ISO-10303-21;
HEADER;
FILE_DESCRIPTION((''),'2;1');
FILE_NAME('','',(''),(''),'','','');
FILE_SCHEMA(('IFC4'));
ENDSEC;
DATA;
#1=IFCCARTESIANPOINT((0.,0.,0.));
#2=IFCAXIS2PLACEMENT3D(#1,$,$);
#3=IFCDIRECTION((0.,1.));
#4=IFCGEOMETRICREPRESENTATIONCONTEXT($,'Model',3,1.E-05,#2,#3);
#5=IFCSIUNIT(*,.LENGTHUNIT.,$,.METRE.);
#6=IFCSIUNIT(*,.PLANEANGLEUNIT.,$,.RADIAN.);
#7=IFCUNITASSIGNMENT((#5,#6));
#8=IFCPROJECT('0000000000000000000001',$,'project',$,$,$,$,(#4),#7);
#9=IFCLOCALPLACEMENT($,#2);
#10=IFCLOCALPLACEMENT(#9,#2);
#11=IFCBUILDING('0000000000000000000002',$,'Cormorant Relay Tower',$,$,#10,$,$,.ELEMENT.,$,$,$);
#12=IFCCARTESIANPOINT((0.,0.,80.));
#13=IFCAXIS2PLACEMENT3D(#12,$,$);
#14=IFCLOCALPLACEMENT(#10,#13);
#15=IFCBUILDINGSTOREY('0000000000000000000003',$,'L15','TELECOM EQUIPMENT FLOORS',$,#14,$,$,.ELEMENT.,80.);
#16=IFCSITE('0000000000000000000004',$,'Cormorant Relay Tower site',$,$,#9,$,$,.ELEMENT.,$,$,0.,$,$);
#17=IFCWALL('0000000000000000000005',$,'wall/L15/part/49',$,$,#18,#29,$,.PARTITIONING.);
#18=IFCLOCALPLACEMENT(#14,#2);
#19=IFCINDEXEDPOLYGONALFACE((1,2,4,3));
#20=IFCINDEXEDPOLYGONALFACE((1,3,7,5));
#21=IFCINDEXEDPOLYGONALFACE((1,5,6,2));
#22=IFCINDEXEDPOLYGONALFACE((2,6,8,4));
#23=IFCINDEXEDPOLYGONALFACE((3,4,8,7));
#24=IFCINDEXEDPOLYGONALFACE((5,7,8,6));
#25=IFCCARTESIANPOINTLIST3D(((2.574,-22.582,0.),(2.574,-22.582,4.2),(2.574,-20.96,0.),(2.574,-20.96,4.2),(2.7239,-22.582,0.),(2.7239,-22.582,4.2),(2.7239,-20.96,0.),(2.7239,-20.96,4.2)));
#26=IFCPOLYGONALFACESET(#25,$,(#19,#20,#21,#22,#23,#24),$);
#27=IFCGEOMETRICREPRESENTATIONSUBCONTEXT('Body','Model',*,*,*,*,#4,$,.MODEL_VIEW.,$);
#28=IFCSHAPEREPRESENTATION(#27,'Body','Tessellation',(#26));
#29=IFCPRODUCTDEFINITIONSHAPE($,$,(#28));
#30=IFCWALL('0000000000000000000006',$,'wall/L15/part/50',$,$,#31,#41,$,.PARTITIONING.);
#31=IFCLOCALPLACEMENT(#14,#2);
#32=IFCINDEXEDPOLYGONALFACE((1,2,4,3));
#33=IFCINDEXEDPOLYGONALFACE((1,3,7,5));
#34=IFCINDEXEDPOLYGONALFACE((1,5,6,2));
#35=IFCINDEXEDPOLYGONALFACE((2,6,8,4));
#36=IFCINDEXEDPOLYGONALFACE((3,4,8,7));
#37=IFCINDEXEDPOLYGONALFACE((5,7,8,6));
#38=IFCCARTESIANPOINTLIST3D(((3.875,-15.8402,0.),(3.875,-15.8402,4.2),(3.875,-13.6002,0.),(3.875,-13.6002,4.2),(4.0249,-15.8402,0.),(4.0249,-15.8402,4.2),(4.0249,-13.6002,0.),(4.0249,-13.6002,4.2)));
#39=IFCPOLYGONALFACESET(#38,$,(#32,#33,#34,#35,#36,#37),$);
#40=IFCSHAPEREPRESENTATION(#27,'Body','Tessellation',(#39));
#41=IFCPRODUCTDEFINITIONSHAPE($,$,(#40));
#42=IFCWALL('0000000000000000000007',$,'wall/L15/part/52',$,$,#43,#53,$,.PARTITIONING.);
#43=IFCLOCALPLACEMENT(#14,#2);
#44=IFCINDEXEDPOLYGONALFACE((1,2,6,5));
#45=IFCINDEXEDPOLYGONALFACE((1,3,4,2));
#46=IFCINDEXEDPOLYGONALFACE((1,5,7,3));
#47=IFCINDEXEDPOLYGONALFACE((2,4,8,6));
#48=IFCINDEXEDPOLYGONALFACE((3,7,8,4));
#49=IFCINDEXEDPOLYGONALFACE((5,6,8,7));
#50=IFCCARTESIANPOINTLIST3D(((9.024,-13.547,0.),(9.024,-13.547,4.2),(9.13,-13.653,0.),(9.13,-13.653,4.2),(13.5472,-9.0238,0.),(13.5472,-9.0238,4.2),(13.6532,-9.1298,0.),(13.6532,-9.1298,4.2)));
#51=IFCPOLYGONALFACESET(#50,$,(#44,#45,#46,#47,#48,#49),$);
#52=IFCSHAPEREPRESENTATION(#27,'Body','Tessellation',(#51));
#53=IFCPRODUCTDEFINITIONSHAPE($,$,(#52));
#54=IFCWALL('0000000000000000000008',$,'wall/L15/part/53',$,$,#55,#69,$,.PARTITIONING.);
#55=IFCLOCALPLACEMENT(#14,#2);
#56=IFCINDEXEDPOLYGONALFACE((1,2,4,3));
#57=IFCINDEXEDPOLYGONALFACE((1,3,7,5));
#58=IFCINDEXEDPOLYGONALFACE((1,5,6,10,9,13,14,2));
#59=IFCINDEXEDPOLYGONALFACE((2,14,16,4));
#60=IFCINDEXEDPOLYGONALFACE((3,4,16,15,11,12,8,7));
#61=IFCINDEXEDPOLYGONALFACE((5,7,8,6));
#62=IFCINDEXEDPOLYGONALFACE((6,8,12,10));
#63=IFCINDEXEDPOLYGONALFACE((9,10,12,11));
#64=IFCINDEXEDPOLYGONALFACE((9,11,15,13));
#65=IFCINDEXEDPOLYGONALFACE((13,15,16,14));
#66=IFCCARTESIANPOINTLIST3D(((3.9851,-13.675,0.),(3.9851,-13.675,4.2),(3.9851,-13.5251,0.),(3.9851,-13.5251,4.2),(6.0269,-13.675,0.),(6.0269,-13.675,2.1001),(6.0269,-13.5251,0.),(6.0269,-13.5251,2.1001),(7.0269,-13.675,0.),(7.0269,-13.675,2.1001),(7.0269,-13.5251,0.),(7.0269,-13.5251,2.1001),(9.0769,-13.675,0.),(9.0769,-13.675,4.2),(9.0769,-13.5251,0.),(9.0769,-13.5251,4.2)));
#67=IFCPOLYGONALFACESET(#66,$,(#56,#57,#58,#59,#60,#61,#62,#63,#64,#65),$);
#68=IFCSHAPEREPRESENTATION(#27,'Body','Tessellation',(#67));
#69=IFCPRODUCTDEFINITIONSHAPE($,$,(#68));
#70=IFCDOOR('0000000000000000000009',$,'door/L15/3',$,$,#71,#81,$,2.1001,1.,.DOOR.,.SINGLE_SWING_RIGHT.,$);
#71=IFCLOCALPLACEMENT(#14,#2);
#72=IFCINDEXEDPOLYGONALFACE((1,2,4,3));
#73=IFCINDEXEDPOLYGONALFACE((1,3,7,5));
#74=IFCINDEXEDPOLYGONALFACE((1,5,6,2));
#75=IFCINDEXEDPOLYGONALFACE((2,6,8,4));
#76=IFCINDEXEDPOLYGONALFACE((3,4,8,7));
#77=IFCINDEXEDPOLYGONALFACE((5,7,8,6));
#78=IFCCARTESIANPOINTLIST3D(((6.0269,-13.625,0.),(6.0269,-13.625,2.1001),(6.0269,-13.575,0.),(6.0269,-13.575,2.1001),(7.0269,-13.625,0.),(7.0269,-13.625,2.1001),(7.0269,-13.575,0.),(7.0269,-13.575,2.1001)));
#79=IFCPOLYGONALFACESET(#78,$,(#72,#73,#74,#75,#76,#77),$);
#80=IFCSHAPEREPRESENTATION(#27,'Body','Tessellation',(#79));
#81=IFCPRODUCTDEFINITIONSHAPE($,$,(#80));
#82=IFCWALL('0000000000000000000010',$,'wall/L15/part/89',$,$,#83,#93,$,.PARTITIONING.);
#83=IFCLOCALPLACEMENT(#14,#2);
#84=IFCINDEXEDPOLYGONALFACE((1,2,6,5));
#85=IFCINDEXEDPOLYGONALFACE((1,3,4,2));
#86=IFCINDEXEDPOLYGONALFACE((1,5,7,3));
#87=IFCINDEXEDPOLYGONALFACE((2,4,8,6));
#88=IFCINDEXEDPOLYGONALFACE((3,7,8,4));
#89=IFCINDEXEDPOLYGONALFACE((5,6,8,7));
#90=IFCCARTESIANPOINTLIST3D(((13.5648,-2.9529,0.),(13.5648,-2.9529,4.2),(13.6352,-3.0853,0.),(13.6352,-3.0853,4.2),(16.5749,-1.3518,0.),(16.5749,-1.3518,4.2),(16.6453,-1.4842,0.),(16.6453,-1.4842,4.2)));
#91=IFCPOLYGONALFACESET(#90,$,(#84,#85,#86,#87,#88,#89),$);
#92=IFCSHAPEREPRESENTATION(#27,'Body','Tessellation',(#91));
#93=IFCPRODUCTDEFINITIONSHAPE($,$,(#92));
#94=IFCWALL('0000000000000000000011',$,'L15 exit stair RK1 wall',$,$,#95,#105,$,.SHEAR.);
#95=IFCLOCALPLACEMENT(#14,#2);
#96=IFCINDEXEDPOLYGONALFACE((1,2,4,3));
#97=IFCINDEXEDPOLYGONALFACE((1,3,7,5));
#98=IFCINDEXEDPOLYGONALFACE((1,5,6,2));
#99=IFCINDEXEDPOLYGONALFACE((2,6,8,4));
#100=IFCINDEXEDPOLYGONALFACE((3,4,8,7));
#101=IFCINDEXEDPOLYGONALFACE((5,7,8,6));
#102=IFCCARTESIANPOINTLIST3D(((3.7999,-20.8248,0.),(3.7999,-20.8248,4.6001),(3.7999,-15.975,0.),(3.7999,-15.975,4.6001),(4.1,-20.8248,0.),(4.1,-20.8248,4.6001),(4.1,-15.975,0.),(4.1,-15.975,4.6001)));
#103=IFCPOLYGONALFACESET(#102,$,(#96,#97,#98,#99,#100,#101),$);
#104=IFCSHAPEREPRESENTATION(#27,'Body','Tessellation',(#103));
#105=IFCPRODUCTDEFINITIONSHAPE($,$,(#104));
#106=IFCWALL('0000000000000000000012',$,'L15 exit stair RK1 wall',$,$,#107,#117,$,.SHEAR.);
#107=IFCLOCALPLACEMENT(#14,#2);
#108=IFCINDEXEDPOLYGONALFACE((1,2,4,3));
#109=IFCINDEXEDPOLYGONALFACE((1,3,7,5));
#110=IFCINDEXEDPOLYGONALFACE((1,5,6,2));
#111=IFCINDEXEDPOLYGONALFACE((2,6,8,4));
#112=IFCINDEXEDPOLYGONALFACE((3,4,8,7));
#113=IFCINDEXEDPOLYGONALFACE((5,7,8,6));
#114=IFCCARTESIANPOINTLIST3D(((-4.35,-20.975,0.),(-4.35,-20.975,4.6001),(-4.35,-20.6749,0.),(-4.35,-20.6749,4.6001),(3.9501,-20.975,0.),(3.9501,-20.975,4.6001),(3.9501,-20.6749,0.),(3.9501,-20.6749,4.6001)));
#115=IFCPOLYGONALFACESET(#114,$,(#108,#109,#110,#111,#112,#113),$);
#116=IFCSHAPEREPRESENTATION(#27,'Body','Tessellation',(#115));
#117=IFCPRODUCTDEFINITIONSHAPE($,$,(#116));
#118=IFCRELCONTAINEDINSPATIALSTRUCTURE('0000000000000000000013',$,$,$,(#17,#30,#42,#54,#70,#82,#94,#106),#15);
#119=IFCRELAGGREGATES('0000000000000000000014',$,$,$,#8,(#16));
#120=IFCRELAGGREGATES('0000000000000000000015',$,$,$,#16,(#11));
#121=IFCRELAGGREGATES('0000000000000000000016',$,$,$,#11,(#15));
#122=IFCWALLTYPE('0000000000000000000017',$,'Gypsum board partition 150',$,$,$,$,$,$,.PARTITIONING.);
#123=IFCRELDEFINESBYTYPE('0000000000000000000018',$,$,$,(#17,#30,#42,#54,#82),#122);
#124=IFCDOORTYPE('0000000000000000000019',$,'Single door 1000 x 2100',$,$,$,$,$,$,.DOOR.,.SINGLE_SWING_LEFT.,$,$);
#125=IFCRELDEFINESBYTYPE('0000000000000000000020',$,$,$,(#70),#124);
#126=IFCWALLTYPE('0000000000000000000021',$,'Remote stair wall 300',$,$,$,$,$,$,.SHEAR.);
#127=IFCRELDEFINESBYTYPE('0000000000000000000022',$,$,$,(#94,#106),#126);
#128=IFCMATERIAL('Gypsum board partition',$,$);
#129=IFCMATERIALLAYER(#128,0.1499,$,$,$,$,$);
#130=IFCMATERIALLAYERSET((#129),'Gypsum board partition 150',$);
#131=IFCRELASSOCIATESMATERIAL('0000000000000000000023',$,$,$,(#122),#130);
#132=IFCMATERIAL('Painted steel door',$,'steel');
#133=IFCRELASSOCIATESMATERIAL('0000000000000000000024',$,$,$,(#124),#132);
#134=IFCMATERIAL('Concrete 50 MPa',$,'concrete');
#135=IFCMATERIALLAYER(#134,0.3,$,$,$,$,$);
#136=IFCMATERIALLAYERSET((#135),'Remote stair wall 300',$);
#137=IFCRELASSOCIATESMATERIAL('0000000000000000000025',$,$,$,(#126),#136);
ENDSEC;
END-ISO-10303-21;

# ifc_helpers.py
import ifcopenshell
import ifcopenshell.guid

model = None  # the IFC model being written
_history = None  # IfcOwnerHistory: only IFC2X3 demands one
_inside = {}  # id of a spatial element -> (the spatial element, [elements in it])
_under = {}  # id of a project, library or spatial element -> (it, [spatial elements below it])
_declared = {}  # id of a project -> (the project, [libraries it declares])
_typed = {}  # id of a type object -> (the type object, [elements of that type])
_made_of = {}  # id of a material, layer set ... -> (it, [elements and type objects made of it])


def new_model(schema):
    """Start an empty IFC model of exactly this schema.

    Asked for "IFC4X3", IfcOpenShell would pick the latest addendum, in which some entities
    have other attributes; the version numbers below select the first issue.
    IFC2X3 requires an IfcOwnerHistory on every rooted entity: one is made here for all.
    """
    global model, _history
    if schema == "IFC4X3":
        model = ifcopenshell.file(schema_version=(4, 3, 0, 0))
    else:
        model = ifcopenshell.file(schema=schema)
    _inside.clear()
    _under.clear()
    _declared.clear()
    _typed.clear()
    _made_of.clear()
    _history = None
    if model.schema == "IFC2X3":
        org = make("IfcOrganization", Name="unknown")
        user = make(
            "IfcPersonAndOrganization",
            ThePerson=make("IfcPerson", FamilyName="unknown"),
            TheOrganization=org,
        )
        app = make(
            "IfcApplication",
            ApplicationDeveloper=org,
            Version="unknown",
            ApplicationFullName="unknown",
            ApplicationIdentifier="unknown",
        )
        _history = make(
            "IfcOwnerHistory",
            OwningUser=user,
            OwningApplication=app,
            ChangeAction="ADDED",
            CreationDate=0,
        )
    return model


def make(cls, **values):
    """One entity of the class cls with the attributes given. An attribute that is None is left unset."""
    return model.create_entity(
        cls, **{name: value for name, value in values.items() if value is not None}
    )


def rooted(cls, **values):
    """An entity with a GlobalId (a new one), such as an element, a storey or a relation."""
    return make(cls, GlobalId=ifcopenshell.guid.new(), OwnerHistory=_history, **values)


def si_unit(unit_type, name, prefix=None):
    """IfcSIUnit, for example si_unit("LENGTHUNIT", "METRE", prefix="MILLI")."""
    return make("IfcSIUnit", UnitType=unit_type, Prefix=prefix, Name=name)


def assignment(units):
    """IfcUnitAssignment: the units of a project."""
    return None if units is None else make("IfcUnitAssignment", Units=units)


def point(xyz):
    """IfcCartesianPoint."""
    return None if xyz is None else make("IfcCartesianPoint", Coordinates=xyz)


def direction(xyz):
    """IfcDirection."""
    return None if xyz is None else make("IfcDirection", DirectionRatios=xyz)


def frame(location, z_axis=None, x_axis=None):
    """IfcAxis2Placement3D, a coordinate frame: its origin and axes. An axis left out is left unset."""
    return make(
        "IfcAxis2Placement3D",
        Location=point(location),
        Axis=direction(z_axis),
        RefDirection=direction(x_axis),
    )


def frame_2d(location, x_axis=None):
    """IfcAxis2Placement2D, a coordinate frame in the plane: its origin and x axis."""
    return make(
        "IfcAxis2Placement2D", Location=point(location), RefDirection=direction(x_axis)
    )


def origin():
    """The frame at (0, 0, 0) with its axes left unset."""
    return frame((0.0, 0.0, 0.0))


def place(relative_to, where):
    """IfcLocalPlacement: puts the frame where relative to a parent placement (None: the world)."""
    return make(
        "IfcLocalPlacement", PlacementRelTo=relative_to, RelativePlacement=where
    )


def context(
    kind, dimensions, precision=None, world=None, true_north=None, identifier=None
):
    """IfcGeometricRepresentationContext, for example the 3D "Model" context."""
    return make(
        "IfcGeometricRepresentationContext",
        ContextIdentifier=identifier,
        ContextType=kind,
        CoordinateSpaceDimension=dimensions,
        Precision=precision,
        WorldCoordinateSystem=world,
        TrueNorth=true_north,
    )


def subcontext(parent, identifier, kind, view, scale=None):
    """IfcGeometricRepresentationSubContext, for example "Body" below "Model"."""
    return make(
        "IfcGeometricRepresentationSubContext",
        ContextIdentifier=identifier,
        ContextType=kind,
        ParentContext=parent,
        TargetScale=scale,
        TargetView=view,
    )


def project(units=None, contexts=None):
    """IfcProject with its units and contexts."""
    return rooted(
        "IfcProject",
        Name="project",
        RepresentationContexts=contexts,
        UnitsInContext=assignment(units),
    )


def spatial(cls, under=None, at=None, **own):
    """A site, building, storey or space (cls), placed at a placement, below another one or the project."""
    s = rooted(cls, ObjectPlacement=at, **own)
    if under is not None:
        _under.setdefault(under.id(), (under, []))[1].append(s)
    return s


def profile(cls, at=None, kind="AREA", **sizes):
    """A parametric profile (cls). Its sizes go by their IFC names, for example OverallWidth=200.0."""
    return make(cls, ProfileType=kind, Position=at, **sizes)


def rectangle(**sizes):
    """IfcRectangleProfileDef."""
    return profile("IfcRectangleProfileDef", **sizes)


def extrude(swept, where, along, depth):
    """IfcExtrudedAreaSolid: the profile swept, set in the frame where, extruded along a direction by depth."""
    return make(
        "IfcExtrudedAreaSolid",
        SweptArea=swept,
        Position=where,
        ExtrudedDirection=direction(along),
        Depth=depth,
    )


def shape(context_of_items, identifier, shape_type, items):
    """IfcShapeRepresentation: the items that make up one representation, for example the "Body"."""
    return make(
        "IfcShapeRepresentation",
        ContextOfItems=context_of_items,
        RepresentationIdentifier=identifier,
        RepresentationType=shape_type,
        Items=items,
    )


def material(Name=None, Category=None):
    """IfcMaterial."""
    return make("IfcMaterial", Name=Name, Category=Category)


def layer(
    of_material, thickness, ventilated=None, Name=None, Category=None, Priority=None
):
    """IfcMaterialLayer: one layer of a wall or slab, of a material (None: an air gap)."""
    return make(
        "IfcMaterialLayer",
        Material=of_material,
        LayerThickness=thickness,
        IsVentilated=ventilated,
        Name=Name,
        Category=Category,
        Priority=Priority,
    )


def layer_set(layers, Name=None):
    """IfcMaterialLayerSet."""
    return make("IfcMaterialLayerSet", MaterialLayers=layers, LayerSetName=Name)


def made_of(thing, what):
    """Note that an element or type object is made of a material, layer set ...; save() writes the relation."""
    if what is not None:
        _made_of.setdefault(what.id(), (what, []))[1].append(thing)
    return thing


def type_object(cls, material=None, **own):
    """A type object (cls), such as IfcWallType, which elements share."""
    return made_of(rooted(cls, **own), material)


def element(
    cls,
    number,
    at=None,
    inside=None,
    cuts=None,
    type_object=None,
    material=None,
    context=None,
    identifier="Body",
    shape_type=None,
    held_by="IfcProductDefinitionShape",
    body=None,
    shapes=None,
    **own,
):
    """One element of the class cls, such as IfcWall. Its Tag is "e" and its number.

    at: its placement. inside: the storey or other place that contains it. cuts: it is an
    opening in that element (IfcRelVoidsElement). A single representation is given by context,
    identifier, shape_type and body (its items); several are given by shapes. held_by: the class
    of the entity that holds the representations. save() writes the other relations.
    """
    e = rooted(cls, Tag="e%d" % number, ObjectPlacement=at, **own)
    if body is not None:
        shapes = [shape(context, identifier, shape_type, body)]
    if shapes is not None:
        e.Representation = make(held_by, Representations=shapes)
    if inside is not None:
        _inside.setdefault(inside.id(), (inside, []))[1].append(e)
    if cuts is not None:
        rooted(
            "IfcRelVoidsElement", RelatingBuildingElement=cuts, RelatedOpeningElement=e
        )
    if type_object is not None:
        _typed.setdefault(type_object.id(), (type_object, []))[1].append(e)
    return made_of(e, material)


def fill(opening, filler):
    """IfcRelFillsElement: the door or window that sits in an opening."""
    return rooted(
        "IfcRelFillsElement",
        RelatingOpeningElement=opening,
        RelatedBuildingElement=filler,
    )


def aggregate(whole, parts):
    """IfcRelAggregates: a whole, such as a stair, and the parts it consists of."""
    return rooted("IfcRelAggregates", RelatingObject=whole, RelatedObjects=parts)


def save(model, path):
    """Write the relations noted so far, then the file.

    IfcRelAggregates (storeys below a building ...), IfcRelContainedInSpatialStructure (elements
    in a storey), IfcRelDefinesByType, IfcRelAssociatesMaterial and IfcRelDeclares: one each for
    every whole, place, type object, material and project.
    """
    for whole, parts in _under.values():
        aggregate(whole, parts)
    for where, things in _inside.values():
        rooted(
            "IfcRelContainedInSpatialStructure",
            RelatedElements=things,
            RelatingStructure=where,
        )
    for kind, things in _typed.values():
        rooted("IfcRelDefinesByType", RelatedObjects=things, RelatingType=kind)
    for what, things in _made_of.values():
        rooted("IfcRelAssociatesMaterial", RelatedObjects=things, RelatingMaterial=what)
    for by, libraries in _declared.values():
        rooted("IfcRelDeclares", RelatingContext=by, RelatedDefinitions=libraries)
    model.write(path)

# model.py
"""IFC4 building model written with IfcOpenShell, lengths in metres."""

from ifc_helpers import new_model, si_unit, direction, frame, frame_2d, origin, place, context, subcontext, project, spatial, rectangle, extrude, material, layer, layer_set, type_object, element, fill, save


model = new_model("IFC4")

# Units and contexts
model_context = context("Model", 3, precision=1e-05, world=origin(), true_north=direction((0.0, 1.0)))
body_context = subcontext(model_context, "Body", "Model", "MODEL_VIEW")
ifc_project = project(units=[si_unit("LENGTHUNIT", "METRE"), si_unit("PLANEANGLEUNIT", "RADIAN")], contexts=[model_context])

# Site, building, storey
site_placement = place(None, origin())
site = spatial("IfcSite", under=ifc_project, at=site_placement, Name="Cormorant Relay Tower site", CompositionType="ELEMENT", RefElevation=0.0)
building_placement = place(site_placement, origin())
building = spatial("IfcBuilding", under=site, at=building_placement, Name="Cormorant Relay Tower", CompositionType="ELEMENT")
storey_placement = place(building_placement, frame((0.0, 0.0, 80.0)))
storey = spatial("IfcBuildingStorey", under=building, at=storey_placement, Name="L15", Description="TELECOM EQUIPMENT FLOORS", CompositionType="ELEMENT", Elevation=80.0)

# Walls
ifc_material_1 = material(Name="Gypsum board partition")
ifc_layer_1 = layer(ifc_material_1, 0.1499)
ifc_layer_set_1 = layer_set([ifc_layer_1], Name="Gypsum board partition 150")
wall_type_1 = type_object("IfcWallType", Name="Gypsum board partition 150", PredefinedType="PARTITIONING", material=ifc_layer_set_1)
wall_1_placement = place(storey_placement, frame((2.6489, -22.582, 0.0), z_axis=(0.0, 0.0, 1.0), x_axis=(0.0, 1.0, 0.0)))
element("IfcWall", 1, at=wall_1_placement, inside=storey, type_object=wall_type_1, Name="wall/L15/part/49", PredefinedType="PARTITIONING", context=body_context, shape_type="SweptSolid", body=[
    extrude(rectangle(XDim=1.6221, YDim=0.1499, at=frame_2d((0.811, 0.0))), origin(), (0.0, 0.0, 1.0), 4.2),
])
wall_2_placement = place(storey_placement, frame((3.95, -13.6001, 0.0), z_axis=(0.0, 0.0, 1.0), x_axis=(0.0, -1.0, 0.0)))
element("IfcWall", 2, at=wall_2_placement, inside=storey, type_object=wall_type_1, Name="wall/L15/part/50", PredefinedType="PARTITIONING", context=body_context, shape_type="SweptSolid", body=[
    extrude(rectangle(XDim=2.24, YDim=0.1499, at=frame_2d((1.1201, 0.0))), origin(), (0.0, 0.0, 1.0), 4.2),
])
wall_3_placement = place(storey_placement, frame((13.6001, -9.0769, 0.0), z_axis=(0.0, 0.0, 1.0), x_axis=(-0.707107, -0.707107, 0.0)))
element("IfcWall", 3, at=wall_3_placement, inside=storey, type_object=wall_type_1, Name="wall/L15/part/52", PredefinedType="PARTITIONING", context=body_context, shape_type="SweptSolid", body=[
    extrude(rectangle(XDim=6.3967, YDim=0.1499, at=frame_2d((3.1982, 0.0))), origin(), (0.0, 0.0, 1.0), 4.2),
])

# Wall, opening, door
wall_4_placement = place(storey_placement, frame((9.0769, -13.6001, 0.0), z_axis=(0.0, 0.0, 1.0), x_axis=(-1.0, 0.0, 0.0)))
wall_4 = element("IfcWall", 4, at=wall_4_placement, inside=storey, type_object=wall_type_1, Name="wall/L15/part/53", PredefinedType="PARTITIONING", context=body_context, shape_type="SweptSolid", body=[
    extrude(rectangle(XDim=5.0918, YDim=0.1499, at=frame_2d((2.5459, 0.0))), origin(), (0.0, 0.0, 1.0), 4.2),
])
opening_placement = place(wall_4_placement, frame((2.05, 0.0, 0.0)))
opening = element("IfcOpeningElement", 5, at=opening_placement, cuts=wall_4, PredefinedType="OPENING", context=body_context, shape_type="SweptSolid", body=[
    extrude(rectangle(XDim=1.0, YDim=2.1001, at=frame_2d((0.5, 1.05))), frame((0.0, 0.085, 0.0), z_axis=(0.0, -1.0, 0.0), x_axis=(1.0, 0.0, 0.0)), (0.0, 0.0, 1.0), 0.1699),
])
ifc_material_2 = material(Name="Painted steel door", Category="steel")
door_type = type_object("IfcDoorType", Name="Single door 1000 x 2100", OperationType="SINGLE_SWING_LEFT", PredefinedType="DOOR", material=ifc_material_2)
door_placement = place(opening_placement, origin())
door = element("IfcDoor", 6, at=door_placement, inside=storey, type_object=door_type, Name="door/L15/3", OperationType="SINGLE_SWING_RIGHT", OverallHeight=2.1001, OverallWidth=1.0, PredefinedType="DOOR", context=body_context, shape_type="SweptSolid", body=[
    extrude(rectangle(XDim=1.0, YDim=2.1001, at=frame_2d((0.5, 1.05))), frame((0.0, 0.0249, 0.0), z_axis=(0.0, -1.0, 0.0), x_axis=(1.0, 0.0, 0.0)), (0.0, 0.0, 1.0), 0.05),
])
fill(opening, door)

# Walls
wall_5_placement = place(storey_placement, frame((13.6001, -3.019, 0.0), z_axis=(0.0, 0.0, 1.0), x_axis=(0.882872, 0.469614, 0.0)))
element("IfcWall", 7, at=wall_5_placement, inside=storey, type_object=wall_type_1, Name="wall/L15/part/89", PredefinedType="PARTITIONING", context=body_context, shape_type="SweptSolid", body=[
    extrude(rectangle(XDim=3.4094, YDim=0.1499, at=frame_2d((1.7046, 0.0))), origin(), (0.0, 0.0, 1.0), 4.2),
])
ifc_material_3 = material(Name="Concrete 50 MPa", Category="concrete")
ifc_layer_2 = layer(ifc_material_3, 0.3)
ifc_layer_set_2 = layer_set([ifc_layer_2], Name="Remote stair wall 300")
wall_type_2 = type_object("IfcWallType", Name="Remote stair wall 300", PredefinedType="SHEAR", material=ifc_layer_set_2)
wall_6_placement = place(storey_placement, frame((3.95, -15.9751, 0.0), z_axis=(0.0, 0.0, 1.0), x_axis=(0.0, -1.0, 0.0)))
element("IfcWall", 8, at=wall_6_placement, inside=storey, type_object=wall_type_2, Name="L15 exit stair RK1 wall", PredefinedType="SHEAR", context=body_context, shape_type="SweptSolid", body=[
    extrude(rectangle(XDim=4.8499, YDim=0.3, at=frame_2d((2.4248, 0.0))), origin(), (0.0, 0.0, 1.0), 4.6001),
])
wall_7_placement = place(storey_placement, frame((3.95, -20.825, 0.0), z_axis=(0.0, 0.0, 1.0), x_axis=(-1.0, 0.0, 0.0)))
element("IfcWall", 9, at=wall_7_placement, inside=storey, type_object=wall_type_2, Name="L15 exit stair RK1 wall", PredefinedType="SHEAR", context=body_context, shape_type="SweptSolid", body=[
    extrude(rectangle(XDim=8.3, YDim=0.3, at=frame_2d((4.1499, 0.0))), origin(), (0.0, 0.0, 1.0), 4.6001),
])

save(model, "model.ifc")
